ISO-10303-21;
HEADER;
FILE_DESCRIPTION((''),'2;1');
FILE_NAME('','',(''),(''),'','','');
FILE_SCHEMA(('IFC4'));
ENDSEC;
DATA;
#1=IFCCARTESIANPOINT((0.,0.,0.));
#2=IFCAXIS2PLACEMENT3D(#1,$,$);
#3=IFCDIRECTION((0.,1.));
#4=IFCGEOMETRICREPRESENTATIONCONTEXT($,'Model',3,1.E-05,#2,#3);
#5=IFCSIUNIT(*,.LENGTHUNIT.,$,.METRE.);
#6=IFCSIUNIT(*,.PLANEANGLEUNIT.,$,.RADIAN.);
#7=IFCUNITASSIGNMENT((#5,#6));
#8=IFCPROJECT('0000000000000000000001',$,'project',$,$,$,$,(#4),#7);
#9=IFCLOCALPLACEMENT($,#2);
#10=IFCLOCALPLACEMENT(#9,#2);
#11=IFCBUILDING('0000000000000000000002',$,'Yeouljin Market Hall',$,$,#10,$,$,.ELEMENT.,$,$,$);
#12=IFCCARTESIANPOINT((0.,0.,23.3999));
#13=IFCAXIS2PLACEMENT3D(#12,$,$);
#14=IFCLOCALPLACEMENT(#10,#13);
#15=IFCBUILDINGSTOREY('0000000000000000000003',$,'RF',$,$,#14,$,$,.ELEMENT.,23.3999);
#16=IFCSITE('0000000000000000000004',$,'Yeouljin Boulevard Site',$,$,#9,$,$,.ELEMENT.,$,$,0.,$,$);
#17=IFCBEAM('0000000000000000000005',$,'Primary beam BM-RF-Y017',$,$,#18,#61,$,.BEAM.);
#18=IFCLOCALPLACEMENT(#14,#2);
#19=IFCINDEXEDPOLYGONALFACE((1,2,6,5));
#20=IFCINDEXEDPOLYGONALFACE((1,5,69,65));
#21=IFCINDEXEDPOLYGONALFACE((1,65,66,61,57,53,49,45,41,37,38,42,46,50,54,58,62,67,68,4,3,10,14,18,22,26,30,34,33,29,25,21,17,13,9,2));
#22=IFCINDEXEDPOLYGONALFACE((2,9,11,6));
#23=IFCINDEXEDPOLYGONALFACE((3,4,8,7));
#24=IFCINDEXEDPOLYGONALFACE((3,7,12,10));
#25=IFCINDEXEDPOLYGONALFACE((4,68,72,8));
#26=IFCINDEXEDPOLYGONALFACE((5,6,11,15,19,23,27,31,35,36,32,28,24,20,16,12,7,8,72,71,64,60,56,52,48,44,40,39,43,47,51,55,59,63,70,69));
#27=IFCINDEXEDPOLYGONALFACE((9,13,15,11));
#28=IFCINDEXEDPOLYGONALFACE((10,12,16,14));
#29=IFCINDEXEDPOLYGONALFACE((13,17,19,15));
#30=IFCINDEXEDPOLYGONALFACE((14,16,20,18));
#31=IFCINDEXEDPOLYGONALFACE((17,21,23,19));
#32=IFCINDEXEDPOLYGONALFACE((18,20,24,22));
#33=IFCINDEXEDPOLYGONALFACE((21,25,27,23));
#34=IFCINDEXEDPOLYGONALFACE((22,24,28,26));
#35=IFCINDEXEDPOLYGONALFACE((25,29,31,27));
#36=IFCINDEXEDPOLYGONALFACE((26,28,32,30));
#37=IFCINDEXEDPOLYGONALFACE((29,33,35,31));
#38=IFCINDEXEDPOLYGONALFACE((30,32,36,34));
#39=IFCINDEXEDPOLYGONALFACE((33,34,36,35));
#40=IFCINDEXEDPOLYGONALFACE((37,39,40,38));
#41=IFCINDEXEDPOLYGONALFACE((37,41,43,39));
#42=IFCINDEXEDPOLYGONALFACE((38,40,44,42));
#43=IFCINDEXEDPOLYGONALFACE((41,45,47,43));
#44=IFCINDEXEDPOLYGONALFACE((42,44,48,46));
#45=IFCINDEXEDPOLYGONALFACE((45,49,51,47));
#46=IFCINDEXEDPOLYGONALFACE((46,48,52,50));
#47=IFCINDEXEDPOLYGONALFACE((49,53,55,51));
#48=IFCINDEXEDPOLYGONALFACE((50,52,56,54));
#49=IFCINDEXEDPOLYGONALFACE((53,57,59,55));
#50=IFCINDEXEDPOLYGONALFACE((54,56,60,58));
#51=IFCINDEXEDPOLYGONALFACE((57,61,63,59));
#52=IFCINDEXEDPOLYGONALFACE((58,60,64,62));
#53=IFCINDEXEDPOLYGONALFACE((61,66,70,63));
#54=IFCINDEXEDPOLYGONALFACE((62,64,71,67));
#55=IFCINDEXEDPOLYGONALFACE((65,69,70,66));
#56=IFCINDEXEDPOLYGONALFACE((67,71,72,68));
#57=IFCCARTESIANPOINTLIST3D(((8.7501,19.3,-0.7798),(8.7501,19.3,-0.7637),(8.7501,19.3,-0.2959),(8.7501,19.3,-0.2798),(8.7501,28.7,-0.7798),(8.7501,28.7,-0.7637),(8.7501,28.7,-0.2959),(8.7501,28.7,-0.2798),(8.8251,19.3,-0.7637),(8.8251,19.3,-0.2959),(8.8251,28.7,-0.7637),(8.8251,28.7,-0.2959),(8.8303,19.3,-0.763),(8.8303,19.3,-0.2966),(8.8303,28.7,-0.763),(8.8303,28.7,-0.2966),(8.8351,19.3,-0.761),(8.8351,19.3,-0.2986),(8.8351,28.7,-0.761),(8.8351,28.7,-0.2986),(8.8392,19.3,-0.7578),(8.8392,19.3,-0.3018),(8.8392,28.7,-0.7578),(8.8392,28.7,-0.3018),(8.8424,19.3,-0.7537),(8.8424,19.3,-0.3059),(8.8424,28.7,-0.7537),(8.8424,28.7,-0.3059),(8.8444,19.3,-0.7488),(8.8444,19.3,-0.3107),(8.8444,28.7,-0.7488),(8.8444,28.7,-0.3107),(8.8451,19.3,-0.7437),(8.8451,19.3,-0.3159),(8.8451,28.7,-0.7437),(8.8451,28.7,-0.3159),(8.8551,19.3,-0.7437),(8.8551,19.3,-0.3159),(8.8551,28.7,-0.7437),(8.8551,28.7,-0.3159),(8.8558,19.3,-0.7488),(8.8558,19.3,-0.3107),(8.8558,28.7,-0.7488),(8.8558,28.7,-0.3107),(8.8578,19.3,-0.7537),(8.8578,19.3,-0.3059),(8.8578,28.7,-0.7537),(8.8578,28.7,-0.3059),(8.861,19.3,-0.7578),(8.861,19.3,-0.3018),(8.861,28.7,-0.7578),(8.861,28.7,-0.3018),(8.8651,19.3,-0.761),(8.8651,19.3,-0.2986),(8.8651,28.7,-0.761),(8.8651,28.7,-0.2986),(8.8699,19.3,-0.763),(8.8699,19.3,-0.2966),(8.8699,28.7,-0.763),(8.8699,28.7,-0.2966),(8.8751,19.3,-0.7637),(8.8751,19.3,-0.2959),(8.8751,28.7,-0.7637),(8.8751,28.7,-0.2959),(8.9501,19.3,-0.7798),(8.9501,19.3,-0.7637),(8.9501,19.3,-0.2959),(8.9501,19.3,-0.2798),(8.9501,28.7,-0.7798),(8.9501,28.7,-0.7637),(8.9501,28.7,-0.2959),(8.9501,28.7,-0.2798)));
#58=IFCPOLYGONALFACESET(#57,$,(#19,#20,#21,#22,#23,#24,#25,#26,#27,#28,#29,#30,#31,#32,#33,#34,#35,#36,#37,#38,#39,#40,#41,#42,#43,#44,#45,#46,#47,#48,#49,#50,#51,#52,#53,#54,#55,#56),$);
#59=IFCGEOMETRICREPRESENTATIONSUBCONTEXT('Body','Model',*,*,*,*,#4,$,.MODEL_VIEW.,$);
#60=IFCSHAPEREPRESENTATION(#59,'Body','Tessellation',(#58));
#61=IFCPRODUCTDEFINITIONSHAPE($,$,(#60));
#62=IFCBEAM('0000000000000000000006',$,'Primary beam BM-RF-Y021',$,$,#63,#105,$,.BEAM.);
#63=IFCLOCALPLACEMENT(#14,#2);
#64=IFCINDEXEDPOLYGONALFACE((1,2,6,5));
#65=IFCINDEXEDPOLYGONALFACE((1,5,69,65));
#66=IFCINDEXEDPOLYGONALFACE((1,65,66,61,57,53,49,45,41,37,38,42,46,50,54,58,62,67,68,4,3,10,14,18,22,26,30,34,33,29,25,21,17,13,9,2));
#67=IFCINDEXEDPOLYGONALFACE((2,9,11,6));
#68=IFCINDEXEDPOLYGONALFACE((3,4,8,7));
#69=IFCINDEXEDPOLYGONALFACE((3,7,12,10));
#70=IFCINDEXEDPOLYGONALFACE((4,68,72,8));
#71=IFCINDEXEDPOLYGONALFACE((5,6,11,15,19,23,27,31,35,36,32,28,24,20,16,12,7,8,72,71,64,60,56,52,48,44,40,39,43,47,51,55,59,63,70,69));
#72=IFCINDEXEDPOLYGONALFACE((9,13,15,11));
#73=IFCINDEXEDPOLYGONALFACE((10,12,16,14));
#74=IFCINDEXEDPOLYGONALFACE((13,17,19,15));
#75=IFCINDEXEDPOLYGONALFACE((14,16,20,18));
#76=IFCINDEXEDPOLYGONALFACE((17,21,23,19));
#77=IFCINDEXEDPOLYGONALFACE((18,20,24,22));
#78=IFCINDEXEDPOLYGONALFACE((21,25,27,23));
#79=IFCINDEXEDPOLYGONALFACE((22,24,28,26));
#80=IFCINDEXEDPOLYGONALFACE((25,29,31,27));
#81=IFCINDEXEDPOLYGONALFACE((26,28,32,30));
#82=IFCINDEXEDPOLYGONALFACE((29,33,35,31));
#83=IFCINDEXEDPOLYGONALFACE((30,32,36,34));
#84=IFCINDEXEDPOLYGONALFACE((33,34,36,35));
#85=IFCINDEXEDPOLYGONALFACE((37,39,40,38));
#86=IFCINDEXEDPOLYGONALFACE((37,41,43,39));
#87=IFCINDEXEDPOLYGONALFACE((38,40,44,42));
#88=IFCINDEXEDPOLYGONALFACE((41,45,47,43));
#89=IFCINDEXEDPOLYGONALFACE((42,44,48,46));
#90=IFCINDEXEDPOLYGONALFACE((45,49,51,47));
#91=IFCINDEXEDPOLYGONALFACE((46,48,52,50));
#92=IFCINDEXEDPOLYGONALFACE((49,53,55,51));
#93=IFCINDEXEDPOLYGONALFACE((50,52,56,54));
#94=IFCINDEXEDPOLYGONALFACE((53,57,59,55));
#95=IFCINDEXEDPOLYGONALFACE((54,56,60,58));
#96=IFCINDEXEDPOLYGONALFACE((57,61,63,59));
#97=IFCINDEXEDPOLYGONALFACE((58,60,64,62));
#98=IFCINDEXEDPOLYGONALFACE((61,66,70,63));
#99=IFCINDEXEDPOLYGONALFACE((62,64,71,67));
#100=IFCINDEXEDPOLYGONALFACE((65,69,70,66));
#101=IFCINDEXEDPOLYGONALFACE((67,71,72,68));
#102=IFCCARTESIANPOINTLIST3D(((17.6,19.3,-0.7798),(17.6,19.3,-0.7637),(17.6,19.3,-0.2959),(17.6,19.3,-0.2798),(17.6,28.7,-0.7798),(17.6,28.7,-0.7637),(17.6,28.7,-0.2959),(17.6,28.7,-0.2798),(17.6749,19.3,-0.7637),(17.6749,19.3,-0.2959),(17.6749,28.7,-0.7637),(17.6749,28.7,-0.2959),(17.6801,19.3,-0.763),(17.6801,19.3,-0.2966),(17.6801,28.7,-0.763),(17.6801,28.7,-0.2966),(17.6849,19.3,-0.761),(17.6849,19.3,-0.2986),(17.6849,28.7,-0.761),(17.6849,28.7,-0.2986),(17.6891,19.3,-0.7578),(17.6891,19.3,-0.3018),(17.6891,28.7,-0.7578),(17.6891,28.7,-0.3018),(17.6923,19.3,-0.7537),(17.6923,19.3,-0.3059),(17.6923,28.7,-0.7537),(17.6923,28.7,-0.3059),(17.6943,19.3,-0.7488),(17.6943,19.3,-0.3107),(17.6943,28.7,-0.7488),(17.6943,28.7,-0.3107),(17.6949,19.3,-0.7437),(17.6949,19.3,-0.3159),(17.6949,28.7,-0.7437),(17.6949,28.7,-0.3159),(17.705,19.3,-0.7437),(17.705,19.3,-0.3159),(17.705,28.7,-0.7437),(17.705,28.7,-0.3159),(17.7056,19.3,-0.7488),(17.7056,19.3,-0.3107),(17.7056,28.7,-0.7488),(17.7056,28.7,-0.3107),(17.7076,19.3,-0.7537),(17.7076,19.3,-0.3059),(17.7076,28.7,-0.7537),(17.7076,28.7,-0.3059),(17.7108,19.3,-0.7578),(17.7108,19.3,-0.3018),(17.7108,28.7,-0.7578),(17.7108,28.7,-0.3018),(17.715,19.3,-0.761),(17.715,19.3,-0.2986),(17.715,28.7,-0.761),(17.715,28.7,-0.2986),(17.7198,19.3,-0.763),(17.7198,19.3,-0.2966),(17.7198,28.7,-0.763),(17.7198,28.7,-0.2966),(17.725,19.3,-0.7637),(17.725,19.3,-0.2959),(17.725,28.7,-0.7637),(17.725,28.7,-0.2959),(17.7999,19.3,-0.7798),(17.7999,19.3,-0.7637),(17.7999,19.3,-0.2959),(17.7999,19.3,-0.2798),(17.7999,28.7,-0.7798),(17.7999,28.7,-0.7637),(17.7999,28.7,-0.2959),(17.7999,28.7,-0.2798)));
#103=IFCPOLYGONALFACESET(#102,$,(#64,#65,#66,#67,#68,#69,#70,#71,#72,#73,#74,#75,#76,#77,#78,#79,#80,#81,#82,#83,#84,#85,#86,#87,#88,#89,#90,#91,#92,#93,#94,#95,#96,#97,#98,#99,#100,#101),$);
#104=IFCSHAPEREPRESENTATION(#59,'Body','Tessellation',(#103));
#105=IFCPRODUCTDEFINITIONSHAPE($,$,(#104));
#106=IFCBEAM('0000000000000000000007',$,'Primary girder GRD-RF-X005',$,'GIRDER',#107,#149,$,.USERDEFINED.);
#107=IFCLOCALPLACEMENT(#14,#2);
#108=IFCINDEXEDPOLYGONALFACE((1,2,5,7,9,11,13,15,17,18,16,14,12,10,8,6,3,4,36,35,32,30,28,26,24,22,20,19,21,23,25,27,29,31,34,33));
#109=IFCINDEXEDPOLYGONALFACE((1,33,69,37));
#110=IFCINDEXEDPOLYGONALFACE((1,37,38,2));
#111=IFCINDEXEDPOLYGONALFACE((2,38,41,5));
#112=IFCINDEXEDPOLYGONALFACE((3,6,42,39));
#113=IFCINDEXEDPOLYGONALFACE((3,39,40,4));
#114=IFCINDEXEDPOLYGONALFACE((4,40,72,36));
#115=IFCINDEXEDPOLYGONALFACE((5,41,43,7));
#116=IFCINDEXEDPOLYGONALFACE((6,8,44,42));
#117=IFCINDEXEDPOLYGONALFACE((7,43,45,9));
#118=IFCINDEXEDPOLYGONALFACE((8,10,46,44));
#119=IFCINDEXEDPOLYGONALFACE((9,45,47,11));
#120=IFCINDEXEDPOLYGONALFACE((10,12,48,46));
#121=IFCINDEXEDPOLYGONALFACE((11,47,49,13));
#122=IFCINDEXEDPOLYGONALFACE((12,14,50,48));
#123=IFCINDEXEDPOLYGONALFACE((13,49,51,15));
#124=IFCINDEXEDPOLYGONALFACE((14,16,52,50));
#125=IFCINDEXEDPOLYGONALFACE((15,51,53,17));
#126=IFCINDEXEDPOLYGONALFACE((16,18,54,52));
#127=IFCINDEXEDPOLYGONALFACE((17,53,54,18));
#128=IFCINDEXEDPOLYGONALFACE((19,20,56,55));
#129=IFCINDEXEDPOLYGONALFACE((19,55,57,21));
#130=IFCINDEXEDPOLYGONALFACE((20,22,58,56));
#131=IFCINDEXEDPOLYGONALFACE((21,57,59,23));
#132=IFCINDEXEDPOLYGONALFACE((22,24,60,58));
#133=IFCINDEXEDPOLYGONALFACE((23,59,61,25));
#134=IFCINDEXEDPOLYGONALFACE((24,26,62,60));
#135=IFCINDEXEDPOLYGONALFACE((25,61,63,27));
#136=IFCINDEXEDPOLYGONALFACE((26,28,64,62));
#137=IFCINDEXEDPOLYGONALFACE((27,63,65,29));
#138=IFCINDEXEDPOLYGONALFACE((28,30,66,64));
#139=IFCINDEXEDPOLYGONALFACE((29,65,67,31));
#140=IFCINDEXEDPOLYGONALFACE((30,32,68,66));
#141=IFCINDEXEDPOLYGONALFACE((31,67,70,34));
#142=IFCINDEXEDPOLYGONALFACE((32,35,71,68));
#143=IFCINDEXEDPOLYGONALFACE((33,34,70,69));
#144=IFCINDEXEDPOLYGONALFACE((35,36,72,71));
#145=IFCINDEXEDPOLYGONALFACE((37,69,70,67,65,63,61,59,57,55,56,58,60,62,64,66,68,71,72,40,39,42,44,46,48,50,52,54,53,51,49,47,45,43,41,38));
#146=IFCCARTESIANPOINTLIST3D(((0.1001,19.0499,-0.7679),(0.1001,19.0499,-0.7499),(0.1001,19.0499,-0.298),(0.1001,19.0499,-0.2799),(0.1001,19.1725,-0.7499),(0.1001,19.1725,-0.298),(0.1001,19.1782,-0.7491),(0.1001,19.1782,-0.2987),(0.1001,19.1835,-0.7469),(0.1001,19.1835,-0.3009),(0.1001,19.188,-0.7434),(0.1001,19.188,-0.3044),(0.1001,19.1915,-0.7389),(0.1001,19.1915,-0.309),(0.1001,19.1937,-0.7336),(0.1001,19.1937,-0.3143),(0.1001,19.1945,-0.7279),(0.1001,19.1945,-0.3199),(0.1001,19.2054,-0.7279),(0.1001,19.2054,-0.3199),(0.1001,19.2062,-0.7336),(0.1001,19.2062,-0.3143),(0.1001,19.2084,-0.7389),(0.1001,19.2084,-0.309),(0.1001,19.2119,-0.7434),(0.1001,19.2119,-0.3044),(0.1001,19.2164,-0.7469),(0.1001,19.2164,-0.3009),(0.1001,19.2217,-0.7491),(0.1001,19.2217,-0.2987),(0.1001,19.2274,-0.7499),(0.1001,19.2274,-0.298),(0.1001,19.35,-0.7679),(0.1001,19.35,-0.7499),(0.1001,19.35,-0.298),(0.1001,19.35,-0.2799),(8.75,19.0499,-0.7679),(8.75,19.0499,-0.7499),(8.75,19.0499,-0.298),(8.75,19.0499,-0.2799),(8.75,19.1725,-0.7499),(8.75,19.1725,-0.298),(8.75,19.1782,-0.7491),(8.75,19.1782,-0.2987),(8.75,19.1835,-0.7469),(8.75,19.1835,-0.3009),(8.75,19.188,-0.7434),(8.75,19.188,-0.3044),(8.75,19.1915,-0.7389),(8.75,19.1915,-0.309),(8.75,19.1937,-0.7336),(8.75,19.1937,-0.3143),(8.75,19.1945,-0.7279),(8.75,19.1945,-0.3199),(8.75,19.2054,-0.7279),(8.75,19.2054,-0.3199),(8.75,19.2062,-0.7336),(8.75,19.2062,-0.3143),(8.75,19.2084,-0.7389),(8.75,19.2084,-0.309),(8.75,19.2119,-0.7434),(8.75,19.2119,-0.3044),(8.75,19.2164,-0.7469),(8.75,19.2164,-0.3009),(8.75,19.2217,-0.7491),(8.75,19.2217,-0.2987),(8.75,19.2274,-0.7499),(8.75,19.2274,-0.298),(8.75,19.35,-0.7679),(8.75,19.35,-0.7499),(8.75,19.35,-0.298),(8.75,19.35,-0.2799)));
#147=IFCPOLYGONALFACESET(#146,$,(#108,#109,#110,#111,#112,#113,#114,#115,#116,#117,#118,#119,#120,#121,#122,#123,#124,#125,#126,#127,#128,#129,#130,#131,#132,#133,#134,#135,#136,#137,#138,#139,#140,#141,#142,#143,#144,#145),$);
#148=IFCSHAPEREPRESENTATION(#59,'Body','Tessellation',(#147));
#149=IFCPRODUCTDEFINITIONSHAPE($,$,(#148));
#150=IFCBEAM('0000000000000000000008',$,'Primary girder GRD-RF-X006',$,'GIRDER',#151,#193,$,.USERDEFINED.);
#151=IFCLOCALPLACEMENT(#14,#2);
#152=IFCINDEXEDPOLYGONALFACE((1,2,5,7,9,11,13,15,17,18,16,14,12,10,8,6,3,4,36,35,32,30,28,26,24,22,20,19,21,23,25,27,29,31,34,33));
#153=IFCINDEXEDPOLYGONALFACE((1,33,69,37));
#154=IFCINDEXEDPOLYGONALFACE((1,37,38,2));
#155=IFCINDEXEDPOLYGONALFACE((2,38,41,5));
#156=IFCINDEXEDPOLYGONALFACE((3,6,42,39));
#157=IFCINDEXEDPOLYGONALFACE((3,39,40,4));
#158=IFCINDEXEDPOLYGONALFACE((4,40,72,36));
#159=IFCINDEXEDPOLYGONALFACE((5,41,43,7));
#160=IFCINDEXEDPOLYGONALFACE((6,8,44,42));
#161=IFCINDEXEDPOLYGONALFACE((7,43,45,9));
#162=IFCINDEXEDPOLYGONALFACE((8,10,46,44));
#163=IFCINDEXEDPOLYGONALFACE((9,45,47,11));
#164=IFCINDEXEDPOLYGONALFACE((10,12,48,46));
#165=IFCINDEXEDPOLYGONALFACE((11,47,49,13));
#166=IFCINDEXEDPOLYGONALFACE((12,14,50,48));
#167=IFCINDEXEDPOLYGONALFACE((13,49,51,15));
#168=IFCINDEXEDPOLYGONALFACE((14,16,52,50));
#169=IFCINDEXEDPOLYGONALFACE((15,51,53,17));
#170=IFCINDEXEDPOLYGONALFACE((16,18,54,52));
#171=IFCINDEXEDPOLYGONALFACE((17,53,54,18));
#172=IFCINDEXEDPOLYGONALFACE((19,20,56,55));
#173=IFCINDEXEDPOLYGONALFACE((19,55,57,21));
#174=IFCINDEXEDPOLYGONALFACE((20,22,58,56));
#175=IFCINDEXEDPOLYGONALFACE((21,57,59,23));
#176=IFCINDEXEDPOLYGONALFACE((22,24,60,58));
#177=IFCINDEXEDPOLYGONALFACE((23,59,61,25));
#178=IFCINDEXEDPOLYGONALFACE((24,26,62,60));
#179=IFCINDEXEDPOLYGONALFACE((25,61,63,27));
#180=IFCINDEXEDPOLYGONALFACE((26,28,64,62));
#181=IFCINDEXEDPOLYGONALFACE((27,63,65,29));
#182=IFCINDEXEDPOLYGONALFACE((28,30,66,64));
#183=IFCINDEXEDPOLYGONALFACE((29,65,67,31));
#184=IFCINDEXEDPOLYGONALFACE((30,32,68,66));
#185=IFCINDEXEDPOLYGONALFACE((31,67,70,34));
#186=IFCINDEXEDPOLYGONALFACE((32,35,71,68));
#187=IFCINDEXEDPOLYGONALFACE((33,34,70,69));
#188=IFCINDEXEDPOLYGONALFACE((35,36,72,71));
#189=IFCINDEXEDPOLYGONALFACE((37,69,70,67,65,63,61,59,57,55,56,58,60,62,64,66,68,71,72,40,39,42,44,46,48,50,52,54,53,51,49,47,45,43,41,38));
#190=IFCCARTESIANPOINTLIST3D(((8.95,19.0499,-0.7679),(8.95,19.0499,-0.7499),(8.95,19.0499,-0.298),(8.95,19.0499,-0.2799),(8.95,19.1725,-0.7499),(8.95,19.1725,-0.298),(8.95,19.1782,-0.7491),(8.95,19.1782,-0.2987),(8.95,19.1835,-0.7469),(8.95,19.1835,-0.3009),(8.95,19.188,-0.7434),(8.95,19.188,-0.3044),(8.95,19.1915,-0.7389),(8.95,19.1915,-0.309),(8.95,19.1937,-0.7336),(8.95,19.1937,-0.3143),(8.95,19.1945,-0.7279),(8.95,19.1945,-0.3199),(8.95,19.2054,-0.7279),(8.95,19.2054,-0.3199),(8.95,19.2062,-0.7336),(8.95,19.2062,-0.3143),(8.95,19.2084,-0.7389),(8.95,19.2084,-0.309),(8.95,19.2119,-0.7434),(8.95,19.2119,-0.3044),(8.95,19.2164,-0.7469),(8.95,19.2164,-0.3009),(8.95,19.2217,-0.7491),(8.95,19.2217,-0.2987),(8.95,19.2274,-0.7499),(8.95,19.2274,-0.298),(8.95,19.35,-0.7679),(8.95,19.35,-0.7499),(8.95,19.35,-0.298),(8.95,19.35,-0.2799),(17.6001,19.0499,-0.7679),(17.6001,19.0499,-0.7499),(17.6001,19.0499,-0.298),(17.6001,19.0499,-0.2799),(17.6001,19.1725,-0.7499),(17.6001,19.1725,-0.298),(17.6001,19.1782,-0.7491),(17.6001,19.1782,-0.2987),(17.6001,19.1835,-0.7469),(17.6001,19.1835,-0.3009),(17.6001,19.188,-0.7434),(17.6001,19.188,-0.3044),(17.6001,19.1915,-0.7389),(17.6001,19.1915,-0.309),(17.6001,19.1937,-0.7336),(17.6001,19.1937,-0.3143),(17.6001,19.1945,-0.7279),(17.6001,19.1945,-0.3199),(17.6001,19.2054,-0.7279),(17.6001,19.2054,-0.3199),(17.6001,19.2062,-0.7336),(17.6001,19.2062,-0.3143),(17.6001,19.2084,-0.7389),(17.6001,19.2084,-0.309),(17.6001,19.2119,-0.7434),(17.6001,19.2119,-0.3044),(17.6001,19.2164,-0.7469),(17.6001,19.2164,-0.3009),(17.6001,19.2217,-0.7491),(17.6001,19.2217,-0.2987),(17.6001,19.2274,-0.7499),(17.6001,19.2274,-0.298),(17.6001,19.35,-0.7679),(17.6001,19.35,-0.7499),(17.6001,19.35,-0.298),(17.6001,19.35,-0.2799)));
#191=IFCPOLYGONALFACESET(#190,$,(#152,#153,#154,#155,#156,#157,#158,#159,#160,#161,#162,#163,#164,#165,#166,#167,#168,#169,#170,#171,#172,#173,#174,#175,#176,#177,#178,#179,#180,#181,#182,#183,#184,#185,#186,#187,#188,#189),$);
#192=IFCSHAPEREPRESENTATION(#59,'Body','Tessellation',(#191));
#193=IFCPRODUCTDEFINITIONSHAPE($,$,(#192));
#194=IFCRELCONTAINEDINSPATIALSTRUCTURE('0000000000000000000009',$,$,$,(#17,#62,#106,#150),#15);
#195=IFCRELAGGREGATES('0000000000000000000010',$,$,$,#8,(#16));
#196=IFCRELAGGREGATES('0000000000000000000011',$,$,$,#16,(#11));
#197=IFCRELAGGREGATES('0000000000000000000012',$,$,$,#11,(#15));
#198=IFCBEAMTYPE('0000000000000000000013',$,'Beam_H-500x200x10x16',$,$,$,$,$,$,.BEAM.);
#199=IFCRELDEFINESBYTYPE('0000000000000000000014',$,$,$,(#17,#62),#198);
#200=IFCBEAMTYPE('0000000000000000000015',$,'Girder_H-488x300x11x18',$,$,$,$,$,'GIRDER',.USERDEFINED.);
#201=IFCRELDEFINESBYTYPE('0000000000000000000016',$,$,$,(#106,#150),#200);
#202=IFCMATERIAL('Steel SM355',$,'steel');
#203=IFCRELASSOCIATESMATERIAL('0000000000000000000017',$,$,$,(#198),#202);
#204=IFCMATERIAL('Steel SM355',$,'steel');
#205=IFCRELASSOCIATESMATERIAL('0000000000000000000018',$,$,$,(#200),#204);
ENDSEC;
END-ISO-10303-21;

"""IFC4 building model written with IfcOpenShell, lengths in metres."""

from ifc_helpers import new_model, si_unit, direction, frame, origin, origin_2d, place, context, subcontext, project, spatial, i_section, extrude, material, material_profile, profile_set, type_object, element, save


model = new_model("IFC4")

# Units and contexts
model_context = context("Model", 3, precision=1e-05, world=origin(), true_north=direction((0.0, 1.0)))
body_context = subcontext(model_context, "Body", "Model", "MODEL_VIEW")
ifc_project = project(units=[si_unit("LENGTHUNIT", "METRE"), si_unit("PLANEANGLEUNIT", "RADIAN")], contexts=[model_context])

# Site, building, storey
site_placement = place(None, origin())
site = spatial("IfcSite", under=ifc_project, at=site_placement, Name="Yeouljin Boulevard Site", CompositionType="ELEMENT", RefElevation=0.0)
building_placement = place(site_placement, origin())
building = spatial("IfcBuilding", under=site, at=building_placement, Name="Yeouljin Market Hall", CompositionType="ELEMENT")
storey_placement = place(building_placement, frame((0.0, 0.0, 23.3999)))
storey = spatial("IfcBuildingStorey", under=building, at=storey_placement, Name="RF", CompositionType="ELEMENT", Elevation=23.3999)

# Beams
ifc_material_1 = material(Name="Steel SM355", Category="steel")
ifc_material_profile_1 = material_profile(ifc_material_1, i_section(OverallWidth=0.2, OverallDepth=0.5, WebThickness=0.01, FlangeThickness=0.0161, FilletRadius=0.02, at=origin_2d()), Name="H-500x200x10x16")
ifc_profile_set_1 = profile_set([ifc_material_profile_1], Name="Steel SM355")
beam_type_1 = type_object("IfcBeamType", Name="Beam_H-500x200x10x16", PredefinedType="BEAM", material=ifc_profile_set_1)
for number, where, z_axis, x_axis, name in (
    (1, (8.8501, 19.3, -0.5298), (0.0, 1.0, 0.0), (-1.0, 0.0, 0.0), "Primary beam BM-RF-Y017"),
    (2, (17.7, 19.3, -0.5298), (0.0, 1.0, 0.0), (-1.0, 0.0, 0.0), "Primary beam BM-RF-Y021"),
):
    element("IfcBeam", number, at=place(storey_placement, frame(where, z_axis=z_axis, x_axis=x_axis)), inside=storey, type_object=beam_type_1, Name=name, PredefinedType="BEAM", context=body_context, shape_type="SweptSolid", body=[
        extrude(i_section(OverallWidth=0.2, OverallDepth=0.5, WebThickness=0.01, FlangeThickness=0.0161, FilletRadius=0.02, at=origin_2d()), origin(), (0.0, 0.0, 1.0), 9.3999),
    ])
ifc_material_2 = material(Name="Steel SM355", Category="steel")
ifc_material_profile_2 = material_profile(ifc_material_2, i_section(OverallWidth=0.3, OverallDepth=0.488, WebThickness=0.011, FlangeThickness=0.0181, FilletRadius=0.022, at=origin_2d()), Name="H-488x300x11x18")
ifc_profile_set_2 = profile_set([ifc_material_profile_2], Name="Steel SM355")
beam_type_2 = type_object("IfcBeamType", Name="Girder_H-488x300x11x18", ElementType="GIRDER", PredefinedType="USERDEFINED", material=ifc_profile_set_2)
beam_1_placement = place(storey_placement, frame((0.1001, 19.2, -0.5239), z_axis=(1.0, 0.0, 0.0), x_axis=(0.0, 1.0, 0.0)))
element("IfcBeam", 3, at=beam_1_placement, inside=storey, type_object=beam_type_2, Name="Primary girder GRD-RF-X005", ObjectType="GIRDER", PredefinedType="USERDEFINED", context=body_context, shape_type="SweptSolid", body=[
    extrude(i_section(OverallWidth=0.3, OverallDepth=0.488, WebThickness=0.011, FlangeThickness=0.0181, FilletRadius=0.022, at=origin_2d()), origin(), (0.0, 0.0, 1.0), 8.6499),
])
beam_2_placement = place(storey_placement, frame((8.95, 19.2, -0.5239), z_axis=(1.0, 0.0, 0.0), x_axis=(0.0, 1.0, 0.0)))
element("IfcBeam", 4, at=beam_2_placement, inside=storey, type_object=beam_type_2, Name="Primary girder GRD-RF-X006", ObjectType="GIRDER", PredefinedType="USERDEFINED", context=body_context, shape_type="SweptSolid", body=[
    extrude(i_section(OverallWidth=0.3, OverallDepth=0.488, WebThickness=0.011, FlangeThickness=0.0181, FilletRadius=0.022, at=origin_2d()), origin(), (0.0, 0.0, 1.0), 8.6501),
])

save(model, "model.ifc")
